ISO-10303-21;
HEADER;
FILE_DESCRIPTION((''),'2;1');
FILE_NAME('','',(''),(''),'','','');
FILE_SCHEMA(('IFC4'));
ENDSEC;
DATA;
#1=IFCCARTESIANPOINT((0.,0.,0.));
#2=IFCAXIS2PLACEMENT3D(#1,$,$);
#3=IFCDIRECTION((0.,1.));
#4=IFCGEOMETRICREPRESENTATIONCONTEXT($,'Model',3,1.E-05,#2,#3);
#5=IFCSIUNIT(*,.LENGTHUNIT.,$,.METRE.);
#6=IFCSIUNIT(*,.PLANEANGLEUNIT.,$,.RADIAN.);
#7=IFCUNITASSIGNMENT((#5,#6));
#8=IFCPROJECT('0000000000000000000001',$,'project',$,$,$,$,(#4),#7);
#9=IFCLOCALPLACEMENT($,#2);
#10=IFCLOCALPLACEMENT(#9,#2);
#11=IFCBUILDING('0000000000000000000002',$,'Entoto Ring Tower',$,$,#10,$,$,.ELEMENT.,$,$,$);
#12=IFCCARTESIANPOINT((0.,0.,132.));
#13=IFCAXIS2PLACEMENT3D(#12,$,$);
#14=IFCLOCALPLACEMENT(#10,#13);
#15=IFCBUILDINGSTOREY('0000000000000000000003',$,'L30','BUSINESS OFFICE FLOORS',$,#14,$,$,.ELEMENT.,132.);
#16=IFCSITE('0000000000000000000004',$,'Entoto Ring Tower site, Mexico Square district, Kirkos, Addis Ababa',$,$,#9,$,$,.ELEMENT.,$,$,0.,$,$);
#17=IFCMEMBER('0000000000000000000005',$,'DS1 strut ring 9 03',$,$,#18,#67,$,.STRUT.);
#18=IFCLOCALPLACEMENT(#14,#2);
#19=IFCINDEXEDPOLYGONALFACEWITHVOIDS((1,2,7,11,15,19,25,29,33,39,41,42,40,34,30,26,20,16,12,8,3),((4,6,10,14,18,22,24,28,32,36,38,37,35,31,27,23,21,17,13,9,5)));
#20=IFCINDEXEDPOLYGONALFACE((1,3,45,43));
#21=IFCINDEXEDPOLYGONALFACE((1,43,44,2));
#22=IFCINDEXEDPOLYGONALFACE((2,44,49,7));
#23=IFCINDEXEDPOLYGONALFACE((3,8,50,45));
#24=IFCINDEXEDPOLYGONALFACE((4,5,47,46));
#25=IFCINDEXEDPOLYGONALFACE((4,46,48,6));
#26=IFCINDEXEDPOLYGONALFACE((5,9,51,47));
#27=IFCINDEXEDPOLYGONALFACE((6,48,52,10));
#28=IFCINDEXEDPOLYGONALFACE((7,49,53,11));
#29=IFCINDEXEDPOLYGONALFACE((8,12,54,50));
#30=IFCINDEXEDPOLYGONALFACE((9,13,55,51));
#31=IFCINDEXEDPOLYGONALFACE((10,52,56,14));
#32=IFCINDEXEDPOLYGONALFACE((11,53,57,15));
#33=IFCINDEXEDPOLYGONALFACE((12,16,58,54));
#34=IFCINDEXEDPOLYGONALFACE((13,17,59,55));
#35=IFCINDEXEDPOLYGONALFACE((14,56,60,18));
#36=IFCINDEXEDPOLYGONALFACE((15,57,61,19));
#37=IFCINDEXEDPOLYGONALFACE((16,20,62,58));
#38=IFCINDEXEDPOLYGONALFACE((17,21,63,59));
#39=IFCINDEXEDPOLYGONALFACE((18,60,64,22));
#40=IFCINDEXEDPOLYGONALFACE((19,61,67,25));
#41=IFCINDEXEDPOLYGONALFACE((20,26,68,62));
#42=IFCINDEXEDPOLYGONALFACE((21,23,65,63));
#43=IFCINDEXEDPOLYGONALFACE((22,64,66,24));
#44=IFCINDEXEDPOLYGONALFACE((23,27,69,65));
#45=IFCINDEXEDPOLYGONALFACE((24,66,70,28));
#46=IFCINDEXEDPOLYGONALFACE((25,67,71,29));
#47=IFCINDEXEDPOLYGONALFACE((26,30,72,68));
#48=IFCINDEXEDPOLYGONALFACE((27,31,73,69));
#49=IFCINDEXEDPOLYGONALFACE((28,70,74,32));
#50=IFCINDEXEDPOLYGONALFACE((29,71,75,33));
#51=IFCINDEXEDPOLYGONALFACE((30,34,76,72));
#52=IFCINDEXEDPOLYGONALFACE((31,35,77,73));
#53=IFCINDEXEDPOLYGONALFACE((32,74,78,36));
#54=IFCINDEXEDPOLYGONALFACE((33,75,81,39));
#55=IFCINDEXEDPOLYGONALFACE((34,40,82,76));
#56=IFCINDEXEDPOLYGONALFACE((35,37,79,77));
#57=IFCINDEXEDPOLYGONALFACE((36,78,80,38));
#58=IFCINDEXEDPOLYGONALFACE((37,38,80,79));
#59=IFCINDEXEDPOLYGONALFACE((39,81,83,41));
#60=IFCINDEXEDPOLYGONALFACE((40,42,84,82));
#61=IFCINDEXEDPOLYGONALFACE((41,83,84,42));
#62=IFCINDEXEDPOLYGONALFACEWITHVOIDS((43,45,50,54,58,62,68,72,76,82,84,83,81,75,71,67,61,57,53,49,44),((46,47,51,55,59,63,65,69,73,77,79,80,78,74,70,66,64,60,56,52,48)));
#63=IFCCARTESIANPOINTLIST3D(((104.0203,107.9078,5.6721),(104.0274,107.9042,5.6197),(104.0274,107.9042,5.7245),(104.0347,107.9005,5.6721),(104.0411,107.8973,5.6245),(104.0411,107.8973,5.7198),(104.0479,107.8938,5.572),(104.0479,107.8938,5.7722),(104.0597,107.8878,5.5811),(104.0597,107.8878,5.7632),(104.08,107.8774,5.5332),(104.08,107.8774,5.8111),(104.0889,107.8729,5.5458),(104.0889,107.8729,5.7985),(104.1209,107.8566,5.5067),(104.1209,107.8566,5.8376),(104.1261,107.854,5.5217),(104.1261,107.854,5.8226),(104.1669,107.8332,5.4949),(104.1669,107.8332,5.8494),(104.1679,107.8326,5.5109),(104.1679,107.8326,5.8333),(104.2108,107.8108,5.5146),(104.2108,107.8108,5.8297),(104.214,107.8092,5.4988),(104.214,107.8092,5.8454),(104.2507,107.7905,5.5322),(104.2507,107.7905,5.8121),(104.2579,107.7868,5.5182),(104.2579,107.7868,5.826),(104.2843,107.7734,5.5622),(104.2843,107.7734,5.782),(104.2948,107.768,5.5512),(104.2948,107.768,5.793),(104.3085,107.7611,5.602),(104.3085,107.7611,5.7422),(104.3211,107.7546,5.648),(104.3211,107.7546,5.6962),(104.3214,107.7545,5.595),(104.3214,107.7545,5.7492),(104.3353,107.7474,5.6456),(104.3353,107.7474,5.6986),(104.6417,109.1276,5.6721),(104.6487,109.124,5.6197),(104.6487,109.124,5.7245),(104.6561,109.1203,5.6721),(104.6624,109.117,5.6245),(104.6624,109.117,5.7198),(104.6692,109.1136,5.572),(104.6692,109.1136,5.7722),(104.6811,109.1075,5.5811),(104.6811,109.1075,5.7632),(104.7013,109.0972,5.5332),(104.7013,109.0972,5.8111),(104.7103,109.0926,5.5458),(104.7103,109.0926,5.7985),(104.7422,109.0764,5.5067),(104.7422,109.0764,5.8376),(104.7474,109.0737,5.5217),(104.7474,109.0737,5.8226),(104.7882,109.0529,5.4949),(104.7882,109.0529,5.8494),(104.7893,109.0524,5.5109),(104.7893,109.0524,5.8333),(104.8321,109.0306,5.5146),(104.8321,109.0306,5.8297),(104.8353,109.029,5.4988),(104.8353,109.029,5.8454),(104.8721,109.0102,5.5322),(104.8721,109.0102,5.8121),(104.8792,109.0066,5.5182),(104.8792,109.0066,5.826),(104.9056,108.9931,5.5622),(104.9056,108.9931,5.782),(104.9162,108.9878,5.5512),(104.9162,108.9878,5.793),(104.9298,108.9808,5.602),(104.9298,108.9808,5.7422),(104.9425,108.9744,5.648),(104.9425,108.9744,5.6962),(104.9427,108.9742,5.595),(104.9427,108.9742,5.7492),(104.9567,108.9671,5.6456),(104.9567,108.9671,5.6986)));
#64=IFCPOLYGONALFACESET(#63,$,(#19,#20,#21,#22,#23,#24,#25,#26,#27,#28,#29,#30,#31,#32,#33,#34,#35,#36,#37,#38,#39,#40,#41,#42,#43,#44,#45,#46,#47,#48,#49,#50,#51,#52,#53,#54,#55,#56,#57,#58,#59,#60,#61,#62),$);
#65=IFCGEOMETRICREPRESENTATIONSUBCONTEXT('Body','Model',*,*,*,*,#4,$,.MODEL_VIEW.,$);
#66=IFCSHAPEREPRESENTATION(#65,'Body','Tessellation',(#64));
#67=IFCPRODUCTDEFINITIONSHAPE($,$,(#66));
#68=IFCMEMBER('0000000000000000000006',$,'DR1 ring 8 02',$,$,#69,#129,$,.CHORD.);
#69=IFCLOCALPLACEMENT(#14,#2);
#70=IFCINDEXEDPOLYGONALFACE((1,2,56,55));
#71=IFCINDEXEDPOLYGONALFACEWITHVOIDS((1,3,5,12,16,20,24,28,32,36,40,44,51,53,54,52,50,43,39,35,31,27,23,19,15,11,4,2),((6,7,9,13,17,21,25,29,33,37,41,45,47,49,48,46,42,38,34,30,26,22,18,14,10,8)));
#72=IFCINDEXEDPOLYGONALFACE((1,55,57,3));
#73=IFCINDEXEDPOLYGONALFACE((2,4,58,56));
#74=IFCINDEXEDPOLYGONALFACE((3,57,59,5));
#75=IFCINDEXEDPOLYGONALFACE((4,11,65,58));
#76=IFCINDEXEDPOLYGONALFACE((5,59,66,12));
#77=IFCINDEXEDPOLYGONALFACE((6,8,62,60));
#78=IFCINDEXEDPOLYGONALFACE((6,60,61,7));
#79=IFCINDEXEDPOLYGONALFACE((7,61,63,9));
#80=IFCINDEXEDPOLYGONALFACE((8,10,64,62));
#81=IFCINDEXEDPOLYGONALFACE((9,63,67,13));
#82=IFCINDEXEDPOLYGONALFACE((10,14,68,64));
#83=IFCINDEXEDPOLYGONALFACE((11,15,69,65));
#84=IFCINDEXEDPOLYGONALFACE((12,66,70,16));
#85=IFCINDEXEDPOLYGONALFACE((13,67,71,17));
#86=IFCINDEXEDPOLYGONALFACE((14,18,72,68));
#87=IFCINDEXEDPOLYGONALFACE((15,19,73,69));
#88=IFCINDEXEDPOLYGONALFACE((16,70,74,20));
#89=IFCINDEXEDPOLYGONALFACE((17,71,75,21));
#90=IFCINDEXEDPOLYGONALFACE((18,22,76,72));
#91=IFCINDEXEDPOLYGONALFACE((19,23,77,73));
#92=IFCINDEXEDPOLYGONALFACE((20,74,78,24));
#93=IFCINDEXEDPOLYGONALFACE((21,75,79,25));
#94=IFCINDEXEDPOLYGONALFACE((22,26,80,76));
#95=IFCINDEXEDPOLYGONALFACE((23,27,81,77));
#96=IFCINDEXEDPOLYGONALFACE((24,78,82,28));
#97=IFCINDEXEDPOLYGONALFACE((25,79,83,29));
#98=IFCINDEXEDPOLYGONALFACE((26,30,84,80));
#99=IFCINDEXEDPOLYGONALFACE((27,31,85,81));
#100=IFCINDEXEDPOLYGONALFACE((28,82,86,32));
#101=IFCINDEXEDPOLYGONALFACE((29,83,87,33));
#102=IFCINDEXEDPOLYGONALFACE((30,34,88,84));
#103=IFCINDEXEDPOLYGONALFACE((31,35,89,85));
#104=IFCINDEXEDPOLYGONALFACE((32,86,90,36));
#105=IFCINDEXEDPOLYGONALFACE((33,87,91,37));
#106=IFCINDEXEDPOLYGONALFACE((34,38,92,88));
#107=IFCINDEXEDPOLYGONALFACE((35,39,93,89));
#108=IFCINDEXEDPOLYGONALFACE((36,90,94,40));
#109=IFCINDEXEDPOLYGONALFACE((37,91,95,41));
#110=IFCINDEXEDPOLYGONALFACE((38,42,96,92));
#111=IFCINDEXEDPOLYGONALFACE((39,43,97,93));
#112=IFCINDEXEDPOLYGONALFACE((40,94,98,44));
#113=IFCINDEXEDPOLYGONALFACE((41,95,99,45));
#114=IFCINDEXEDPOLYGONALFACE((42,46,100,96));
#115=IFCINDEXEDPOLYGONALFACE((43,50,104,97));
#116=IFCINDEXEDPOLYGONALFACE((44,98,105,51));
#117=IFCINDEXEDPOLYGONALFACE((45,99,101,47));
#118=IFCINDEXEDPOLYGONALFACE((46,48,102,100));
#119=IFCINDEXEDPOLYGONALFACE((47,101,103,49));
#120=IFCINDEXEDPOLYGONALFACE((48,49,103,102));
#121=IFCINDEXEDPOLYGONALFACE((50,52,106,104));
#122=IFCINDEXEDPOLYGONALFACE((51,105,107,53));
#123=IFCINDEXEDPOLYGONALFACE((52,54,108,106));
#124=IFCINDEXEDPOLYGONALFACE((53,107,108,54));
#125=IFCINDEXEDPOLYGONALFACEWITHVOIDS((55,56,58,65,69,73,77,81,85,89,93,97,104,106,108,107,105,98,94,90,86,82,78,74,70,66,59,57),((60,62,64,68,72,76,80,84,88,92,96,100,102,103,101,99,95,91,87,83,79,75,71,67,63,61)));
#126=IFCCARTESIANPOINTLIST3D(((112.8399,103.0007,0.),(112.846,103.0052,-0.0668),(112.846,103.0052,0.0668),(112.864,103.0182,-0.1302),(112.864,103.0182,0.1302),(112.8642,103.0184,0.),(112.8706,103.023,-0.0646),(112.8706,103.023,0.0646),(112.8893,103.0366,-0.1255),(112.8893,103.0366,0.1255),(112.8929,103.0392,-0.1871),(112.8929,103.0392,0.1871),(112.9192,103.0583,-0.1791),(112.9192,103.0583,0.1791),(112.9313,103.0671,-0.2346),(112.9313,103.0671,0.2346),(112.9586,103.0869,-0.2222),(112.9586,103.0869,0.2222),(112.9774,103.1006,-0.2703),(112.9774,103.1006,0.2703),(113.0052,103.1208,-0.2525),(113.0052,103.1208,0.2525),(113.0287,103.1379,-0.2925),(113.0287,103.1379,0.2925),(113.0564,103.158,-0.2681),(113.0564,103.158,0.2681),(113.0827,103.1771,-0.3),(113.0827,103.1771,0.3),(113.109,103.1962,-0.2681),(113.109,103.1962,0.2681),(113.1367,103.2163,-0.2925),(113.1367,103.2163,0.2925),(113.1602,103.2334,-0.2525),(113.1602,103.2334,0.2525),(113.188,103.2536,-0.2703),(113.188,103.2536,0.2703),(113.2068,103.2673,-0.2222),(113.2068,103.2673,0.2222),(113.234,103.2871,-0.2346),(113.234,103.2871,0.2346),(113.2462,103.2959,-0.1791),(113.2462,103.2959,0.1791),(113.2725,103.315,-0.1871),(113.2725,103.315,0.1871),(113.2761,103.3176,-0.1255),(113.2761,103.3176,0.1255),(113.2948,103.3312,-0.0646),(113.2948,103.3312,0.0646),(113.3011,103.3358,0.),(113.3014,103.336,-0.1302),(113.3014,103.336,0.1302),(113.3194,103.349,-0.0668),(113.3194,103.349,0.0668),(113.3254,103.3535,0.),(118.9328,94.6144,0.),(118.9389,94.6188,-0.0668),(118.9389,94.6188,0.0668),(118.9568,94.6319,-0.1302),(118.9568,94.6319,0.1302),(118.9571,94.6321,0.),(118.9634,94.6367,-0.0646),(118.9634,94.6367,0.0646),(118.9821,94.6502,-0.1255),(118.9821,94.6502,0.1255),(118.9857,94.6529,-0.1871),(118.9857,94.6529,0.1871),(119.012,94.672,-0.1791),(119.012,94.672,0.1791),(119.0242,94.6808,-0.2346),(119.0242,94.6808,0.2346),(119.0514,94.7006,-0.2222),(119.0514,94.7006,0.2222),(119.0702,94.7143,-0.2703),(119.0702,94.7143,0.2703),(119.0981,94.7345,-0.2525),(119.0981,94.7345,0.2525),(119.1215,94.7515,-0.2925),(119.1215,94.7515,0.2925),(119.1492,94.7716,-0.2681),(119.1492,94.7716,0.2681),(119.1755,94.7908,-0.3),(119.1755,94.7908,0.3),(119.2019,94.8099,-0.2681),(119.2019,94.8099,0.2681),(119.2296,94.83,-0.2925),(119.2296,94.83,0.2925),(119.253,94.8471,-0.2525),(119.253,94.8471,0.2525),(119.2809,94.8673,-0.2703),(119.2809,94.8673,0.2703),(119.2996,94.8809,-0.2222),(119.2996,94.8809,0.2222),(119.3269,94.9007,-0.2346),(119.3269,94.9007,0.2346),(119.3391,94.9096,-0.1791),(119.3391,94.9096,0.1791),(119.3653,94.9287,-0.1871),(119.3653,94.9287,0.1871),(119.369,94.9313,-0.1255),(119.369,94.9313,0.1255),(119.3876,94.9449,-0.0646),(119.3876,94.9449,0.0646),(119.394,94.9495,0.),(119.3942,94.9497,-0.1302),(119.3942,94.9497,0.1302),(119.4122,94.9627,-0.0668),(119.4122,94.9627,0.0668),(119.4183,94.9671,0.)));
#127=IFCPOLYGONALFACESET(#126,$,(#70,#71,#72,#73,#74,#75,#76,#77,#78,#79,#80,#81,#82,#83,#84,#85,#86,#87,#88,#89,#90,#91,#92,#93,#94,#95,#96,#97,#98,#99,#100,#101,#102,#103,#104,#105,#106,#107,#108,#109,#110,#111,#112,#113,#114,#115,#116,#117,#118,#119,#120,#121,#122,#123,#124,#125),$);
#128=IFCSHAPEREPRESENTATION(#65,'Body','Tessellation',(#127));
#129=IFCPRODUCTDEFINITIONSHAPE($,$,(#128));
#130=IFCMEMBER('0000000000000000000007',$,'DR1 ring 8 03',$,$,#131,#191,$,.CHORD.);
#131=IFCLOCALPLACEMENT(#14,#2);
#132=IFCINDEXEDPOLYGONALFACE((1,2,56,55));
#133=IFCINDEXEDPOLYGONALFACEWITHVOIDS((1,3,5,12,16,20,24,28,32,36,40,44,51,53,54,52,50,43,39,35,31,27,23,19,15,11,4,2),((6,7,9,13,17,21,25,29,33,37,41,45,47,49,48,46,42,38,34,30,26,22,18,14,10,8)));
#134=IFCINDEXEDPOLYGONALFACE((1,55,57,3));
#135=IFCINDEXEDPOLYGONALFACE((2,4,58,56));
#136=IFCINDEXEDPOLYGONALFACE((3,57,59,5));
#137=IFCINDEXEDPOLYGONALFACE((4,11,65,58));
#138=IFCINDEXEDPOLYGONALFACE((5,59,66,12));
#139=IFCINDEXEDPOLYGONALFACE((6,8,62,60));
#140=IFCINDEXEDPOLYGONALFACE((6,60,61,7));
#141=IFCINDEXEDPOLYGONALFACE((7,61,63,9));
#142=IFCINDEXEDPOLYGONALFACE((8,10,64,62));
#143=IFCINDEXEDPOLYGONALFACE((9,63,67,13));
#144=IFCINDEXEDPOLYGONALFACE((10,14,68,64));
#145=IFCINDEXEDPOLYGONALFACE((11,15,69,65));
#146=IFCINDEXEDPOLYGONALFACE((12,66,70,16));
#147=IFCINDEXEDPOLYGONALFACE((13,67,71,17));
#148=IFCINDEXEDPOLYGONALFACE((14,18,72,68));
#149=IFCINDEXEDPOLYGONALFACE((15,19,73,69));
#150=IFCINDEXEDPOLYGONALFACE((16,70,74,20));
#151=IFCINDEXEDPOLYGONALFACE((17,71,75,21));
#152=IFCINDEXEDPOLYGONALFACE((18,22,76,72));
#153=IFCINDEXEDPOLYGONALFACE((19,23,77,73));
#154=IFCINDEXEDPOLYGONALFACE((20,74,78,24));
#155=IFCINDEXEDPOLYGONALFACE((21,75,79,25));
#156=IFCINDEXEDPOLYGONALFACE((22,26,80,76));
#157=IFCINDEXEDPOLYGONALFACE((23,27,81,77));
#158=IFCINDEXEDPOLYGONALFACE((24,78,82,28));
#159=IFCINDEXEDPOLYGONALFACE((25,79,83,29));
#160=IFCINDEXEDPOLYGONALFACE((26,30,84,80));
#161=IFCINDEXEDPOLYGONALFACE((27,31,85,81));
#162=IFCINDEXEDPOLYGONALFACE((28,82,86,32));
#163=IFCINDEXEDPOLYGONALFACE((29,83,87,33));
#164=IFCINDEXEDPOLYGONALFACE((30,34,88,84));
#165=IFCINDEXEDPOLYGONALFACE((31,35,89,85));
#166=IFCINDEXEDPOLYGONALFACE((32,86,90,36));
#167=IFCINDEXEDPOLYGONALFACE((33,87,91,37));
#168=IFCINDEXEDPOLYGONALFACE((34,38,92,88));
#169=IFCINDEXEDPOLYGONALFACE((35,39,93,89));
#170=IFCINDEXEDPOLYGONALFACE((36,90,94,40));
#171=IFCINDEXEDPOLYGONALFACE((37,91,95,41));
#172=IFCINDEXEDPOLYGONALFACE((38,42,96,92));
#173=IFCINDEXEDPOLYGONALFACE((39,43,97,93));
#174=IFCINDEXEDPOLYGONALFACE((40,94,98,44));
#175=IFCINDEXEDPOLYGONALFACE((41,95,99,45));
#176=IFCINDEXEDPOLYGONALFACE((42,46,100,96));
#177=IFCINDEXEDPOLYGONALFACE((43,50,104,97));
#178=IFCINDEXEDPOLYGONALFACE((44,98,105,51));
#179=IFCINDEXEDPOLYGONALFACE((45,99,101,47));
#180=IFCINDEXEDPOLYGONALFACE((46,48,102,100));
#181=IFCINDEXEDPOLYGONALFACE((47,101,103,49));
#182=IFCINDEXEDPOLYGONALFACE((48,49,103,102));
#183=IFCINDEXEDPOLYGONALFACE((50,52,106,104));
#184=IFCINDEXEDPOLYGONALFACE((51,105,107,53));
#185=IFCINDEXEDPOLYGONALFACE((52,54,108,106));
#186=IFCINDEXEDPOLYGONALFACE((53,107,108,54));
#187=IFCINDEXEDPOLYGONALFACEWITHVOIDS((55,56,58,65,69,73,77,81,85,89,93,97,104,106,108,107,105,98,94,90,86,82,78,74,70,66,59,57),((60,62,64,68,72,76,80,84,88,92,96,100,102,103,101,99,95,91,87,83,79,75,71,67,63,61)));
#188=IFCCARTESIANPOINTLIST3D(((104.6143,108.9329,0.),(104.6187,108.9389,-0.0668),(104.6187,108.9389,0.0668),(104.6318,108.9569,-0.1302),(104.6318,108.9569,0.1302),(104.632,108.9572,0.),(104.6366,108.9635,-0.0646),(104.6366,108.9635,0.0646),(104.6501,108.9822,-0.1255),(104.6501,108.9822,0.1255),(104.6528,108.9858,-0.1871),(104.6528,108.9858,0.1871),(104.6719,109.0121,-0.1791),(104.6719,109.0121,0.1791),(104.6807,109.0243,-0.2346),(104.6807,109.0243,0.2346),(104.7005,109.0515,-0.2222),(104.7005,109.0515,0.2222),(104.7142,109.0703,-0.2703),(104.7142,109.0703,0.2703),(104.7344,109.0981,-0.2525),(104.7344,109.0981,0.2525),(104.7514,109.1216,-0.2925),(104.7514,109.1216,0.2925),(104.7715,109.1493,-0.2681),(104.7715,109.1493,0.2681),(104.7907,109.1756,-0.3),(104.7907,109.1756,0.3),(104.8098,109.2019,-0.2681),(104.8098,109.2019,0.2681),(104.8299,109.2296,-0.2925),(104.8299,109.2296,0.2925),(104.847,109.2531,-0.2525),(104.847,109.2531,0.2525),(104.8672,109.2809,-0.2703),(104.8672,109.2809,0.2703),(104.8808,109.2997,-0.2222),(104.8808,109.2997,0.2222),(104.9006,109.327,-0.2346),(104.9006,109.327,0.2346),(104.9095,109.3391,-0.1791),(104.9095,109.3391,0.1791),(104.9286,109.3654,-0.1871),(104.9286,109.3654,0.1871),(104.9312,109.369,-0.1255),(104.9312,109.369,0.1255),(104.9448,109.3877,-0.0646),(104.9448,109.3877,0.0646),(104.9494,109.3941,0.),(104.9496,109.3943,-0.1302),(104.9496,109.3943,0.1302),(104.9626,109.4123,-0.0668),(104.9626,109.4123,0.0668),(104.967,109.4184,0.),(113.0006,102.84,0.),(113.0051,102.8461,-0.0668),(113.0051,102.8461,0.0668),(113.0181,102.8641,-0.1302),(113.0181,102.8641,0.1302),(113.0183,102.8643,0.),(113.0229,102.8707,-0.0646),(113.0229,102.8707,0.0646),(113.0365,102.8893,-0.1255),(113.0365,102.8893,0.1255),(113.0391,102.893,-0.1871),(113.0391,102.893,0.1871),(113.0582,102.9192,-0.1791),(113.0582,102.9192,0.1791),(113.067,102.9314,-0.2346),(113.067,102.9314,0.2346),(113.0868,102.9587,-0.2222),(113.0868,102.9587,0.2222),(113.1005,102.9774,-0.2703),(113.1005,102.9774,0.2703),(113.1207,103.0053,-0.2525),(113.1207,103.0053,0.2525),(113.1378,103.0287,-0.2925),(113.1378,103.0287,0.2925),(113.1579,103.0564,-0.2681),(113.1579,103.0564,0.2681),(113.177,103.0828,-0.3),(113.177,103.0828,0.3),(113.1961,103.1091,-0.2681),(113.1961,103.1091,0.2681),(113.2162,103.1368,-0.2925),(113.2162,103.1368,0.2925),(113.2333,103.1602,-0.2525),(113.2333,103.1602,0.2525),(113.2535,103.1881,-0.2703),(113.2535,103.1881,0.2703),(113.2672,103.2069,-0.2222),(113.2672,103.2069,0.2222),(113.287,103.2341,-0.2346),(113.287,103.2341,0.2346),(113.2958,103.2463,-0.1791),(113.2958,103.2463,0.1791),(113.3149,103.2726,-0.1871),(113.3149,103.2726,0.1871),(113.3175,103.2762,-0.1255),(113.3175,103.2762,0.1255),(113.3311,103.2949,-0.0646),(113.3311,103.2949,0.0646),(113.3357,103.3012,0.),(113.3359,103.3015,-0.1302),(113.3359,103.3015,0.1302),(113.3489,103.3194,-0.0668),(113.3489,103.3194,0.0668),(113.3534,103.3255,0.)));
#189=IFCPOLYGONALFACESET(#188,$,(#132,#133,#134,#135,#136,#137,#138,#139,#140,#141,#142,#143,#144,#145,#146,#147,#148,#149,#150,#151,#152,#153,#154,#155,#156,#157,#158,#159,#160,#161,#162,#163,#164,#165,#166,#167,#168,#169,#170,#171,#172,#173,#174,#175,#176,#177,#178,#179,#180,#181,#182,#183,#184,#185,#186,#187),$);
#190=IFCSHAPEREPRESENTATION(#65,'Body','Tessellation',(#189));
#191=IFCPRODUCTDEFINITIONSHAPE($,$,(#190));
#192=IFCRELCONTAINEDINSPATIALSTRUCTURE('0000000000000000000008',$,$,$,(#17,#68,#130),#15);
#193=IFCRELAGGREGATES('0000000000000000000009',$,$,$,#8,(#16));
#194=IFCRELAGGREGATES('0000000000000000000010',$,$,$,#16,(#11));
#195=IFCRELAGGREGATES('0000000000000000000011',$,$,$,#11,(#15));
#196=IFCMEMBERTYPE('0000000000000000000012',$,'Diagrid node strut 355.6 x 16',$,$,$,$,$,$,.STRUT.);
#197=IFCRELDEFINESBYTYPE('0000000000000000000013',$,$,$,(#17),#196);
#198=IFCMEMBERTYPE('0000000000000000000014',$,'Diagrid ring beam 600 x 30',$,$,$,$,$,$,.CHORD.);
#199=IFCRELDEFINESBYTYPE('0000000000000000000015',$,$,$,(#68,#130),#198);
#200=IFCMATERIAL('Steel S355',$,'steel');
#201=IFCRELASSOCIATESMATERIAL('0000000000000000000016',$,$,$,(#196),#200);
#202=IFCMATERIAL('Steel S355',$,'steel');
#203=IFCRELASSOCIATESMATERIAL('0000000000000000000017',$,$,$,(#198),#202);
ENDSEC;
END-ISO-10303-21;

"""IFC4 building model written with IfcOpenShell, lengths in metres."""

from ifc_helpers import new_model, si_unit, direction, frame, origin, origin_2d, place, context, subcontext, project, spatial, circle, hollow_circle, extrude, material, material_profile, profile_set, type_object, element, save


model = new_model("IFC4")

# Units and contexts
model_context = context("Model", 3, precision=1e-05, world=origin(), true_north=direction((0.0, 1.0)))
body_context = subcontext(model_context, "Body", "Model", "MODEL_VIEW")
ifc_project = project(units=[si_unit("LENGTHUNIT", "METRE"), si_unit("PLANEANGLEUNIT", "RADIAN")], contexts=[model_context])

# Site, building, storey
site_placement = place(None, origin())
site = spatial("IfcSite", under=ifc_project, at=site_placement, Name="Entoto Ring Tower site, Mexico Square district, Kirkos, Addis Ababa", CompositionType="ELEMENT", RefElevation=0.0)
building_placement = place(site_placement, origin())
building = spatial("IfcBuilding", under=site, at=building_placement, Name="Entoto Ring Tower", CompositionType="ELEMENT")
storey_placement = place(building_placement, frame((0.0, 0.0, 132.0)))
storey = spatial("IfcBuildingStorey", under=building, at=storey_placement, Name="L30", Description="BUSINESS OFFICE FLOORS", CompositionType="ELEMENT", Elevation=132.0)

# Members
ifc_material_1 = material(Name="Steel S355", Category="steel")
ifc_material_profile_1 = material_profile(ifc_material_1, hollow_circle(Radius=0.1777, WallThickness=0.0161, at=origin_2d()), Name="CHS 355.6 x 16")
ifc_material_2 = material(Name="Concrete C60/75", Category="concrete")
ifc_material_profile_2 = material_profile(ifc_material_2, circle(Radius=0.1619, at=origin_2d()), Name="Concrete C60/75 infill")
ifc_profile_set_1 = profile_set([ifc_material_profile_1, ifc_material_profile_2], Name="Steel S355")
member_type_1 = type_object("IfcMemberType", Name="Diagrid node strut 355.6 x 16", PredefinedType="STRUT", material=ifc_profile_set_1)
for number, where, z_axis, x_axis, name in (
    (1, (104.1787, 107.8271, 5.6721), (0.453907, 0.891049, 0.0), (-0.891049, 0.453907, 0.0), "DS1 strut ring 9 03"),
):
    element("IfcMember", number, at=place(storey_placement, frame(where, z_axis=z_axis, x_axis=x_axis)), inside=storey, type_object=member_type_1, Name=name, PredefinedType="STRUT", context=body_context, shape_type="SweptSolid", body=[
        extrude(hollow_circle(Radius=0.1777, WallThickness=0.0161, at=origin_2d()), origin(), (0.0, 0.0, 1.0), 1.3689),
    ])
ifc_material_3 = material(Name="Steel S355", Category="steel")
ifc_material_profile_3 = material_profile(ifc_material_3, hollow_circle(Radius=0.3, WallThickness=0.03, at=origin_2d()), Name="CHS 600 x 30")
ifc_material_4 = material(Name="Concrete C60/75", Category="concrete")
ifc_material_profile_4 = material_profile(ifc_material_4, circle(Radius=0.27, at=origin_2d()), Name="Concrete C60/75 infill")
ifc_profile_set_2 = profile_set([ifc_material_profile_3, ifc_material_profile_4], Name="Steel S355")
member_type_2 = type_object("IfcMemberType", Name="Diagrid ring beam 600 x 30", PredefinedType="CHORD", material=ifc_profile_set_2)
for number, where, z_axis, x_axis, name in (
    (2, (119.1755, 94.7908, 0.0), (-0.587774, 0.809025, 0.0), (-0.809025, -0.587774, 0.0), "DR1 ring 8 02"),
    (3, (113.177, 103.0828, 0.0), (-0.809025, 0.587774, 0.0), (-0.587774, -0.809025, 0.0), "DR1 ring 8 03"),
):
    element("IfcMember", number, at=place(storey_placement, frame(where, z_axis=z_axis, x_axis=x_axis)), inside=storey, type_object=member_type_2, Name=name, PredefinedType="CHORD", context=body_context, shape_type="SweptSolid", body=[
        extrude(hollow_circle(Radius=0.3, WallThickness=0.03, at=origin_2d()), origin(), (0.0, 0.0, 1.0), 10.366),
    ])

save(model, "model.ifc")
